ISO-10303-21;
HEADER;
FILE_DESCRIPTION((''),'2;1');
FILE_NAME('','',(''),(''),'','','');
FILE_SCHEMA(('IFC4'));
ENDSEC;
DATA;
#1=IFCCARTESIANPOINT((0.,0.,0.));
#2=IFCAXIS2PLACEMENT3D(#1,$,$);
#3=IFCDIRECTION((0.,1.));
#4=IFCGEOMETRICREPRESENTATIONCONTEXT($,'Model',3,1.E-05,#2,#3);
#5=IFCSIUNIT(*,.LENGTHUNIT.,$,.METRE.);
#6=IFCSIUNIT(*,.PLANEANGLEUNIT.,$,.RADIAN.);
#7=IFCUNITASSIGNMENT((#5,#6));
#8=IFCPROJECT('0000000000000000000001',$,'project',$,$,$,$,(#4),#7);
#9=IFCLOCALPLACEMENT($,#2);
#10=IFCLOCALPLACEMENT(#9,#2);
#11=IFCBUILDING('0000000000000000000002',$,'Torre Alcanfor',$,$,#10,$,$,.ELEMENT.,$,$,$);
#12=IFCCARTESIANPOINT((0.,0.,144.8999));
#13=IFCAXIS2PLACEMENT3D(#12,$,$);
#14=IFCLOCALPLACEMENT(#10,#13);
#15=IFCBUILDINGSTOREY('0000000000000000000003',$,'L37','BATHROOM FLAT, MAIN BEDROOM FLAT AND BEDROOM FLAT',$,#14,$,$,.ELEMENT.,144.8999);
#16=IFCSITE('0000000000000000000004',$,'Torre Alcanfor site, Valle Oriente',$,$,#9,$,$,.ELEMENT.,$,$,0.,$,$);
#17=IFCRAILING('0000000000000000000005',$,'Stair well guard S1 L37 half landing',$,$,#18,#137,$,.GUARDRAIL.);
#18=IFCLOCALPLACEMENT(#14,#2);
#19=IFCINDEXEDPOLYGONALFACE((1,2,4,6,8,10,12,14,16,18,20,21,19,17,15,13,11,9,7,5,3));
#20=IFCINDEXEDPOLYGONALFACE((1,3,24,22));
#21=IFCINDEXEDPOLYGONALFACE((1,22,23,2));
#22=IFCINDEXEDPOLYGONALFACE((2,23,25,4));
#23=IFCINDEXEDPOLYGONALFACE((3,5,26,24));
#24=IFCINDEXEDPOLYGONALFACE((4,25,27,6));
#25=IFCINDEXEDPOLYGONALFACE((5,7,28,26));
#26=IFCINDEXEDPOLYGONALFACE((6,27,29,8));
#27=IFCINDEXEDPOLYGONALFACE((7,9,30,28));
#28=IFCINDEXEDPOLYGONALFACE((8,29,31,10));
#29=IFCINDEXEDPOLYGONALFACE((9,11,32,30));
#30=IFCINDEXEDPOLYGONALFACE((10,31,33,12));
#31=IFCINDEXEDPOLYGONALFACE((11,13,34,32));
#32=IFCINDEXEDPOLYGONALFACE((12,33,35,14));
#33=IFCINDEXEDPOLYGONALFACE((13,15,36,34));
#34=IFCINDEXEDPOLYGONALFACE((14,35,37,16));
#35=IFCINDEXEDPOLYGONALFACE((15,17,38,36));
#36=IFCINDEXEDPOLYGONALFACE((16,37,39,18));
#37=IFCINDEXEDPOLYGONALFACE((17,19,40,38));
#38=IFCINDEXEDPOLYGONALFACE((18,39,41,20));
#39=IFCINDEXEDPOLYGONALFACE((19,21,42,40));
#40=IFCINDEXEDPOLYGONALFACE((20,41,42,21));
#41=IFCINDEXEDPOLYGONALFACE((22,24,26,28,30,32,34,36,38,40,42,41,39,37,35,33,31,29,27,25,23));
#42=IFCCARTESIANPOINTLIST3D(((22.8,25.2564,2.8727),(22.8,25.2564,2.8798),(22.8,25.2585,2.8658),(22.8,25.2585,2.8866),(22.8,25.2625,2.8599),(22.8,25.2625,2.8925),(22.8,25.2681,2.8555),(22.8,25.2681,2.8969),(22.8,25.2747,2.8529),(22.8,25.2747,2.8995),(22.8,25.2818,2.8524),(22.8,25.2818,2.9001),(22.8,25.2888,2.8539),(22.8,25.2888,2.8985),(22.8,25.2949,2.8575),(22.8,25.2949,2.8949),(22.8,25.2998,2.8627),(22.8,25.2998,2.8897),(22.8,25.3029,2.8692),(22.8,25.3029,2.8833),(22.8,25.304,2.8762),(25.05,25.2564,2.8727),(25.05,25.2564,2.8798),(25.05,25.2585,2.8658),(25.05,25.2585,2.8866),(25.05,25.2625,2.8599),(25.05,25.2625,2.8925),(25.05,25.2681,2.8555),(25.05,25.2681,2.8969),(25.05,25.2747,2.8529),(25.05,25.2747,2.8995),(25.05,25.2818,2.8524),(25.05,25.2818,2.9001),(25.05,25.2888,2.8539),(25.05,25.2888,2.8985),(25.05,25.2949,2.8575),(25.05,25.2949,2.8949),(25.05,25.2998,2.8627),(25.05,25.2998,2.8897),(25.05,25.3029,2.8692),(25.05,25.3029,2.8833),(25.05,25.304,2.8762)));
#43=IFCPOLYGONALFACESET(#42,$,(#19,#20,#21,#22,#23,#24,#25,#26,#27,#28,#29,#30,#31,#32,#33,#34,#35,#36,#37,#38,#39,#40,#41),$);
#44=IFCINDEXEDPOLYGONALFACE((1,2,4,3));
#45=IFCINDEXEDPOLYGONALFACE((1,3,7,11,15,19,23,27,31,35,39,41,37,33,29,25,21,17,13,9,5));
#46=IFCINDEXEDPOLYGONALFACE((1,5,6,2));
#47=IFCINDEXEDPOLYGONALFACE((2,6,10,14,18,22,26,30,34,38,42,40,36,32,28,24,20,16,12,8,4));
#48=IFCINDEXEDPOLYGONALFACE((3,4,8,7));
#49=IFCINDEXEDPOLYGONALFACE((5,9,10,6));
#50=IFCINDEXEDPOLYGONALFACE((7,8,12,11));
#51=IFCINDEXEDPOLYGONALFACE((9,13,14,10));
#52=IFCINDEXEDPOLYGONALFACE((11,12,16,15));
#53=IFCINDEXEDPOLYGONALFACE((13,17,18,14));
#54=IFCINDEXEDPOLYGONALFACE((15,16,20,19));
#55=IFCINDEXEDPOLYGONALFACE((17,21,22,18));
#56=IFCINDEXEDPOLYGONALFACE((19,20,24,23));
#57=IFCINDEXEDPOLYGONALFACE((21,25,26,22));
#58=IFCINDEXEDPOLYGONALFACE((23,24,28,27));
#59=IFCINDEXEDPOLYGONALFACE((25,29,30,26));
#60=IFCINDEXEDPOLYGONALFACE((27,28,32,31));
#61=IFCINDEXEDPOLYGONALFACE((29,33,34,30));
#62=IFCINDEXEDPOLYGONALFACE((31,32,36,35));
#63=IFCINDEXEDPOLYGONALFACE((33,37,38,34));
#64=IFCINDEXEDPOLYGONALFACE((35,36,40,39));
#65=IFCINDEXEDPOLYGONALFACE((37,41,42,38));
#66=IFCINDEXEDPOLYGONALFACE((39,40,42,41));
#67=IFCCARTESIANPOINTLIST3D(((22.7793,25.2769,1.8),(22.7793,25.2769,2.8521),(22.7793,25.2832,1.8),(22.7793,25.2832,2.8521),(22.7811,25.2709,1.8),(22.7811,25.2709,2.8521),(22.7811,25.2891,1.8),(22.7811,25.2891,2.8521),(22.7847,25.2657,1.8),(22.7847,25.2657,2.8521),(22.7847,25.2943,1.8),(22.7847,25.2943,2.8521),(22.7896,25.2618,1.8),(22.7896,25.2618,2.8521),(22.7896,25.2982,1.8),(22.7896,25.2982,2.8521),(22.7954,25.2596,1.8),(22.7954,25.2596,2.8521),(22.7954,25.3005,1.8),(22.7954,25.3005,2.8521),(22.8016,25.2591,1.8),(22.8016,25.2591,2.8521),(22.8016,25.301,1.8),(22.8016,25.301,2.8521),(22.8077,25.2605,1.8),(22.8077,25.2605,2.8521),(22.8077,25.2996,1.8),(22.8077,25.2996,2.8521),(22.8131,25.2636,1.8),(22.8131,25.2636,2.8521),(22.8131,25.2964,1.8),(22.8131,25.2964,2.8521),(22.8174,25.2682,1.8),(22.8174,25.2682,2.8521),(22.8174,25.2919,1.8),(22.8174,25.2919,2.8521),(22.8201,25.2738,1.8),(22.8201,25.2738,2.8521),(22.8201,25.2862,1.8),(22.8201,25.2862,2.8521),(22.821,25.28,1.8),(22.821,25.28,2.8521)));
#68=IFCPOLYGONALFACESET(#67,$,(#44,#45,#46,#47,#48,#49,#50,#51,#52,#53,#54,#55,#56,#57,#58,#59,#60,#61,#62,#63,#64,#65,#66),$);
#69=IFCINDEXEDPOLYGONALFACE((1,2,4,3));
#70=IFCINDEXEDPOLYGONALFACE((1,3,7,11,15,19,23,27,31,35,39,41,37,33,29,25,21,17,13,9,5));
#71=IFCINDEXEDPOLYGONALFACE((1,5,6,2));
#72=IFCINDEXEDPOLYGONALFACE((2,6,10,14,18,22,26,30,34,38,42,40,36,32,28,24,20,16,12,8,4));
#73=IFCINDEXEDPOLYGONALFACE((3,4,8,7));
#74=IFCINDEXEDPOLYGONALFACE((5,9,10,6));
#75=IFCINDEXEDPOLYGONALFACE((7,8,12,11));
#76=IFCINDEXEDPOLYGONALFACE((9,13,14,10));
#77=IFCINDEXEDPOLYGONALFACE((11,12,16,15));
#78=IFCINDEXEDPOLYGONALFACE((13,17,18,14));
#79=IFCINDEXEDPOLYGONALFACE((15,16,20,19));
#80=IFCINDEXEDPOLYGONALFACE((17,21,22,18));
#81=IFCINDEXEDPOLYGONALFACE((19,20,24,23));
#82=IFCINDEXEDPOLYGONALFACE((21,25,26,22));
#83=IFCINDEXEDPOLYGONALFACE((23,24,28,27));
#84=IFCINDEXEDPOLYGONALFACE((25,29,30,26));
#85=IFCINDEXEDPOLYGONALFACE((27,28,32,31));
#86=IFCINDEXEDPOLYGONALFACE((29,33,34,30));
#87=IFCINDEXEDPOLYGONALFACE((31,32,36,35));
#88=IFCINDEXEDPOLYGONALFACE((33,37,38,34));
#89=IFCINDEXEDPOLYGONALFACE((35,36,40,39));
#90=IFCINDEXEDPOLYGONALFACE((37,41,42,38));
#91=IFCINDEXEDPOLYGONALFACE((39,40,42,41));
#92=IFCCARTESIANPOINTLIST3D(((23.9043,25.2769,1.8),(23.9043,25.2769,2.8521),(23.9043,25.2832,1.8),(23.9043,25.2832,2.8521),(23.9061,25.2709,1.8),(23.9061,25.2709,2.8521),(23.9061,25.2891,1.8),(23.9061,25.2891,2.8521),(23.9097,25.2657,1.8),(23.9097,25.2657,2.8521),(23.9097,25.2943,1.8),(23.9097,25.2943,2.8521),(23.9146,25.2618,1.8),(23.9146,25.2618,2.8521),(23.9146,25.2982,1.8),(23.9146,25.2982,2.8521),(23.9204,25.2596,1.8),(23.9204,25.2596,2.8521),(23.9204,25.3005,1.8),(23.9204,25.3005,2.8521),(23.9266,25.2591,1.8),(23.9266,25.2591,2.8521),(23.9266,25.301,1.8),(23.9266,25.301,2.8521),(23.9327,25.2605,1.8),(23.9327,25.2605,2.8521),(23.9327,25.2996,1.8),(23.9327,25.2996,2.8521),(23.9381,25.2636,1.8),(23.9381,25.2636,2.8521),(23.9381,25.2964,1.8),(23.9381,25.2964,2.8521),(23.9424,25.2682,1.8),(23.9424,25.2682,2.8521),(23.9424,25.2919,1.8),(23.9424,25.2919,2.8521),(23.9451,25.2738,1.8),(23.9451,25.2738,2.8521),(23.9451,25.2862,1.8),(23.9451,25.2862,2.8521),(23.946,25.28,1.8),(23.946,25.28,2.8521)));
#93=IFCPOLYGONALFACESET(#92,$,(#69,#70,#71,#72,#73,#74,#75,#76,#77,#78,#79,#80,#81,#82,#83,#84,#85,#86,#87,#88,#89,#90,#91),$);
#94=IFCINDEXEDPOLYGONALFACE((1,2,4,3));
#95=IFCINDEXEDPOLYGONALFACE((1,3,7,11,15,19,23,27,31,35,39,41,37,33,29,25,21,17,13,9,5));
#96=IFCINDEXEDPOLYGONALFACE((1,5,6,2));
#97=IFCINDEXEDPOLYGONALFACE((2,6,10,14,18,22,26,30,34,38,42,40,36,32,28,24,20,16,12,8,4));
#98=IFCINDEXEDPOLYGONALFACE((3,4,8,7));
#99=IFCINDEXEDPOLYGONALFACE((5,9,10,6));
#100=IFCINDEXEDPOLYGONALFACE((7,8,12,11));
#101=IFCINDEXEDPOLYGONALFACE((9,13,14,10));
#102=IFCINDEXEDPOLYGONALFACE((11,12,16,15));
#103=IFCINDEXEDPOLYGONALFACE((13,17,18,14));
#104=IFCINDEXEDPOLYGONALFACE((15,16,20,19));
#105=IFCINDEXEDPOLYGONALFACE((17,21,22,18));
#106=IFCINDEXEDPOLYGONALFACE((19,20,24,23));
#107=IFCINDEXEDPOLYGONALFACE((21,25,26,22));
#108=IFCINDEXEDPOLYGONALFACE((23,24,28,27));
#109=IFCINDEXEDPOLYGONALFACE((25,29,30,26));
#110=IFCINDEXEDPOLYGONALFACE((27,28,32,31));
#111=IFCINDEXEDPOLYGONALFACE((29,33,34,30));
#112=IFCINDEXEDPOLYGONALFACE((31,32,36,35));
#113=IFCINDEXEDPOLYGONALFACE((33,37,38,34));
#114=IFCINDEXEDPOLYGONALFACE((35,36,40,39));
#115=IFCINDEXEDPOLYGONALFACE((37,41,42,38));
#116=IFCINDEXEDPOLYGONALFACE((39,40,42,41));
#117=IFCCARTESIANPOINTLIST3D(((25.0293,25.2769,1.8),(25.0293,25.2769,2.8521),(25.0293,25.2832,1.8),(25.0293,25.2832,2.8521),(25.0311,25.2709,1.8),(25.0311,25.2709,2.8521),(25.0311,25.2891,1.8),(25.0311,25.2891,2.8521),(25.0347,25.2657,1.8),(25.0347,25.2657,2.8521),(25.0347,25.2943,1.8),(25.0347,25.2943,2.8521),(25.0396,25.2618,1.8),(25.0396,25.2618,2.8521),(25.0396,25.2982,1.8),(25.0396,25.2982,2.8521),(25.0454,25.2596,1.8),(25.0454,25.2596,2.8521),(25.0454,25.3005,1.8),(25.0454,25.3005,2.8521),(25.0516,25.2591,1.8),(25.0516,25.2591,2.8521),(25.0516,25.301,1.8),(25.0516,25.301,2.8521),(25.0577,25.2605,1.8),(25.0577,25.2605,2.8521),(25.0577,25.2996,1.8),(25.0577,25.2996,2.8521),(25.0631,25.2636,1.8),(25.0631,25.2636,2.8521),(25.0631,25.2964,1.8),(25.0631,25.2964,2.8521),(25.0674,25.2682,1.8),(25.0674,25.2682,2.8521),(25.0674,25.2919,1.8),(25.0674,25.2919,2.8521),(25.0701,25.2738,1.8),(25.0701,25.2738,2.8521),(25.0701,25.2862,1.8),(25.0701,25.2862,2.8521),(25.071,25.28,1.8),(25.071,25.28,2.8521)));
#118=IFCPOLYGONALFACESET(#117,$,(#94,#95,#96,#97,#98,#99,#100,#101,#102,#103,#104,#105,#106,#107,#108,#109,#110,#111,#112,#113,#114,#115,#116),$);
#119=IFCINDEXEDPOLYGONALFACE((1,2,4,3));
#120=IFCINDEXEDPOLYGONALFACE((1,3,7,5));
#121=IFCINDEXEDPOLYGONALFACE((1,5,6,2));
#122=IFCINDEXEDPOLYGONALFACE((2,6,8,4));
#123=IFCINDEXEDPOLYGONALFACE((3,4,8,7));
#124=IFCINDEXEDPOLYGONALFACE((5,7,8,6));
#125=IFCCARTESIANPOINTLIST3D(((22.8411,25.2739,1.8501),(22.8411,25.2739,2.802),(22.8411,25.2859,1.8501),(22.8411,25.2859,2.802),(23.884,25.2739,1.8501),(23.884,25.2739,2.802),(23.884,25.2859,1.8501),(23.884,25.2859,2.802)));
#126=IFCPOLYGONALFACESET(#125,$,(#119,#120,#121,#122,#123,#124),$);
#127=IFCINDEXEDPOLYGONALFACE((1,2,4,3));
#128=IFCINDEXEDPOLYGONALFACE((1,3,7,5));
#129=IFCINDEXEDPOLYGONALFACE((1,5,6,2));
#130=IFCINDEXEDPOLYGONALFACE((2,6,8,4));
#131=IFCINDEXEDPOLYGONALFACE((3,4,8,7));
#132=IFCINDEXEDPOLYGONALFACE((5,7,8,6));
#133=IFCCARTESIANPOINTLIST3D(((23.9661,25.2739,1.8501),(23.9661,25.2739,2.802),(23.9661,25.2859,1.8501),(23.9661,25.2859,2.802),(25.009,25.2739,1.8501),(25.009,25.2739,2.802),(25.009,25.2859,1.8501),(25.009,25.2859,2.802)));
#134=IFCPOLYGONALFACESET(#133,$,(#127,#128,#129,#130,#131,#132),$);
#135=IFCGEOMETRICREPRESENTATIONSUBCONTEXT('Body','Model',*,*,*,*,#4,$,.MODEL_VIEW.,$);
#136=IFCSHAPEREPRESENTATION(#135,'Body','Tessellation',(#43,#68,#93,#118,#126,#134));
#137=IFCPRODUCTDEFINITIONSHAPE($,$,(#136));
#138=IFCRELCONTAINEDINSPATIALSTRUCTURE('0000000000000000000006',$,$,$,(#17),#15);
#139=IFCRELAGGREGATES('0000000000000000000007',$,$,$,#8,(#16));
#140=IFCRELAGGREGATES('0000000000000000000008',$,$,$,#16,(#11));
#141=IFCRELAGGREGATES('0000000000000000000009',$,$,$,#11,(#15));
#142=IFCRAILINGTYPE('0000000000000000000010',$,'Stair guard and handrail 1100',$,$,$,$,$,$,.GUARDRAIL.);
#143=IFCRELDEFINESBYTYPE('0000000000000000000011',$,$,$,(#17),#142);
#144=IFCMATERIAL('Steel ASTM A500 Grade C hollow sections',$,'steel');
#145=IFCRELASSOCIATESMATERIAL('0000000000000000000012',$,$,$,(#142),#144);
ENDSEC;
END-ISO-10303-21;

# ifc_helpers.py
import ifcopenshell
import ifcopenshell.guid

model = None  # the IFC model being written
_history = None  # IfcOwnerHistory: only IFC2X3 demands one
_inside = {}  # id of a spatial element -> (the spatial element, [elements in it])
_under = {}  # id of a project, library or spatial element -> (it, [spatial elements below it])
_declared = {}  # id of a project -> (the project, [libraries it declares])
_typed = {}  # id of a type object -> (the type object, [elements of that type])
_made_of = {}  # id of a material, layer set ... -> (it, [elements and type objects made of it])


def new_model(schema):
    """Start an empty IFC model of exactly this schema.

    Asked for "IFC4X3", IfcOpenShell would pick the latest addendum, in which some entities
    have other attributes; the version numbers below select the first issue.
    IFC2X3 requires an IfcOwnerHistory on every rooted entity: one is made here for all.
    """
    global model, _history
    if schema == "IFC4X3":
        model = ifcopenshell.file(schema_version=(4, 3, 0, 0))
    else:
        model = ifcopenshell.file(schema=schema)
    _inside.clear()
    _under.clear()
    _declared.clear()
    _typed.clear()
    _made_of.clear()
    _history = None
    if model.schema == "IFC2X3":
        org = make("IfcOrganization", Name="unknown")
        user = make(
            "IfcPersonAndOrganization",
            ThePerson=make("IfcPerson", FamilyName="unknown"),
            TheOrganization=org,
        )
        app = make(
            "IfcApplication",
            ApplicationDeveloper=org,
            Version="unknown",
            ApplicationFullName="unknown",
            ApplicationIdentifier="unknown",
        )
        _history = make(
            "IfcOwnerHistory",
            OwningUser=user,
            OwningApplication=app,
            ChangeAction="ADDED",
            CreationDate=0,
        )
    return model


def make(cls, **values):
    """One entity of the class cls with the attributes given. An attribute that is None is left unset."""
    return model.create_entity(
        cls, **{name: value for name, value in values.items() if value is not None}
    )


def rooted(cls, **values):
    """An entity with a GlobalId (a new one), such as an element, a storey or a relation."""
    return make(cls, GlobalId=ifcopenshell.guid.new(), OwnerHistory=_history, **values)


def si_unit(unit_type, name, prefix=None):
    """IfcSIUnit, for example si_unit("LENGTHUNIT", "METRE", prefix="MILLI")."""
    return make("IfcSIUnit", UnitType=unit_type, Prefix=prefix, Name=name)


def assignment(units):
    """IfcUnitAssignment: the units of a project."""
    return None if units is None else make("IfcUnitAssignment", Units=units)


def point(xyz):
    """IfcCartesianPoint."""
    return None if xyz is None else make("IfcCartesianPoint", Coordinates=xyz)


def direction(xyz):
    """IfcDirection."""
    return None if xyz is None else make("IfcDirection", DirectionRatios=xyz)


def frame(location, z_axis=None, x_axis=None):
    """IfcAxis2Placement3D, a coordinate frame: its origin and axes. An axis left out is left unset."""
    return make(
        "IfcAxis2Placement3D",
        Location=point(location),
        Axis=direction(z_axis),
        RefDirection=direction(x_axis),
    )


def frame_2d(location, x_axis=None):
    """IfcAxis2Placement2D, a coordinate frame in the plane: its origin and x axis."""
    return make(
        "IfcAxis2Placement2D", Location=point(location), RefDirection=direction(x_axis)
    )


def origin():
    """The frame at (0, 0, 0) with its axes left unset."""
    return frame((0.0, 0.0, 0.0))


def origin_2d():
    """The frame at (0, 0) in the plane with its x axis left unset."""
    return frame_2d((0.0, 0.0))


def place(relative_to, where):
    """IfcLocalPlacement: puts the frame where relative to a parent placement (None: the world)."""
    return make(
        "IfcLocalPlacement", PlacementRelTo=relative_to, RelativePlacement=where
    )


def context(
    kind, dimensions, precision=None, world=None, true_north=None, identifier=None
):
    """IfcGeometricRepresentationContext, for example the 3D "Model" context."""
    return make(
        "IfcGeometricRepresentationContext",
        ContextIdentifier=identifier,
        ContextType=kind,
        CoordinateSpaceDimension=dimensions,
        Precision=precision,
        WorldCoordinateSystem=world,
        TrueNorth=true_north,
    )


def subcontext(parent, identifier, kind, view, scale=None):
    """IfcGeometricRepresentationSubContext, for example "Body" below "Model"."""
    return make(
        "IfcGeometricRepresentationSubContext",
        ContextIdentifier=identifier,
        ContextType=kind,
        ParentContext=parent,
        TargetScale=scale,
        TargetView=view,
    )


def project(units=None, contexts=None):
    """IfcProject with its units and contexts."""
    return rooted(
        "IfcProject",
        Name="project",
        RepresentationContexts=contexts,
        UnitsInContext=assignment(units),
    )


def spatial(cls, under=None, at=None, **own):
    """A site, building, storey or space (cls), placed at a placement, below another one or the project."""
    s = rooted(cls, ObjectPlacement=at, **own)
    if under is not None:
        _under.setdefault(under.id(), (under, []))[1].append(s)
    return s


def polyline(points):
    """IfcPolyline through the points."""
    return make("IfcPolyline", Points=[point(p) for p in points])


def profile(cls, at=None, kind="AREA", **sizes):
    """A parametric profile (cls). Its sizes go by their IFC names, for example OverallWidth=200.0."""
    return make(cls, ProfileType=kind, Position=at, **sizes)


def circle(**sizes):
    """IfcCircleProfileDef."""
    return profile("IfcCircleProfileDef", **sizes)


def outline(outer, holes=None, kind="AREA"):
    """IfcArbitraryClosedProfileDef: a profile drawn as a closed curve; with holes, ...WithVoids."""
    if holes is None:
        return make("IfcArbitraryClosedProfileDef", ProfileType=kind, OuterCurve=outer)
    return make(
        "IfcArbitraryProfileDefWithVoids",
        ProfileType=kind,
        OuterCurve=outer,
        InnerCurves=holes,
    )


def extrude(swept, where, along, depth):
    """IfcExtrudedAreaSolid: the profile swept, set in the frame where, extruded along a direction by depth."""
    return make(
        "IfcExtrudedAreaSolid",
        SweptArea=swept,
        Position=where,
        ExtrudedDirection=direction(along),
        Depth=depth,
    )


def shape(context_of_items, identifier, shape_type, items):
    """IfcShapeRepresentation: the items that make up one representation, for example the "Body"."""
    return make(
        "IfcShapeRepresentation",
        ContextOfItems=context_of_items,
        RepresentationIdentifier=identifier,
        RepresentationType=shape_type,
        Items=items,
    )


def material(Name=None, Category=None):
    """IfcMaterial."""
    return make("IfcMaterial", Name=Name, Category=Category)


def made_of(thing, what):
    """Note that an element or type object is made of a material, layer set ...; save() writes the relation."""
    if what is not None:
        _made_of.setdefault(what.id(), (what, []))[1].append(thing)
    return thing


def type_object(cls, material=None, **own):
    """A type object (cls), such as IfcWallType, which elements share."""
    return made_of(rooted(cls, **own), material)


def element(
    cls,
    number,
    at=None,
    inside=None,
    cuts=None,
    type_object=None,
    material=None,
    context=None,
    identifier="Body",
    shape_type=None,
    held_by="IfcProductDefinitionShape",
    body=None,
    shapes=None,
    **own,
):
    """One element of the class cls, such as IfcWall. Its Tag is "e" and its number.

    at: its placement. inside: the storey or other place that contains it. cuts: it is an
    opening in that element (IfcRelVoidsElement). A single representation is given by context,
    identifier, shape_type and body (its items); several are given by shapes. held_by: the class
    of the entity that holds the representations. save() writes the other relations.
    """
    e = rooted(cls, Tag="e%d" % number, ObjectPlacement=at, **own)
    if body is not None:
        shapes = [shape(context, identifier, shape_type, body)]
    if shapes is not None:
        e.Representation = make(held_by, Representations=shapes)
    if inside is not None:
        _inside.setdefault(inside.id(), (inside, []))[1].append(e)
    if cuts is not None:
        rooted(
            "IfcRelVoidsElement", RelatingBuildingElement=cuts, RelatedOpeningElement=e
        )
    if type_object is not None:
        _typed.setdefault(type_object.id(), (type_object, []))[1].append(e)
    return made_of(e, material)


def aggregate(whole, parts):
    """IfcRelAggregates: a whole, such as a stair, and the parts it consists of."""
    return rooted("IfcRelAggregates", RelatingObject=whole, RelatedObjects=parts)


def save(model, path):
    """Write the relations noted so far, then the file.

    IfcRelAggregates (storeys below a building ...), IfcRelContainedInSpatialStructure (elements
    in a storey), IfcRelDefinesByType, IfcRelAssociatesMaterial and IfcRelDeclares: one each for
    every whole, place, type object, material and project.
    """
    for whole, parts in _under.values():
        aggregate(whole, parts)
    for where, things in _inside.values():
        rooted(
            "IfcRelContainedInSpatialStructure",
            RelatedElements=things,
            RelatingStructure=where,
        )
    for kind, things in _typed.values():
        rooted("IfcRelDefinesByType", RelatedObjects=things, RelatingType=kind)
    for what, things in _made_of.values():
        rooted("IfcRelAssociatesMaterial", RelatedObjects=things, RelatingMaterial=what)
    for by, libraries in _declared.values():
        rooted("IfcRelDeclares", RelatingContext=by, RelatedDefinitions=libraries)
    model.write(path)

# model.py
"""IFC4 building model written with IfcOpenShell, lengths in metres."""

from ifc_helpers import new_model, si_unit, direction, frame, origin, origin_2d, place, context, subcontext, project, spatial, polyline, circle, outline, extrude, material, type_object, element, save


model = new_model("IFC4")

# Units and contexts
model_context = context("Model", 3, precision=1e-05, world=origin(), true_north=direction((0.0, 1.0)))
body_context = subcontext(model_context, "Body", "Model", "MODEL_VIEW")
ifc_project = project(units=[si_unit("LENGTHUNIT", "METRE"), si_unit("PLANEANGLEUNIT", "RADIAN")], contexts=[model_context])

# Site, building, storey
site_placement = place(None, origin())
site = spatial("IfcSite", under=ifc_project, at=site_placement, Name="Torre Alcanfor site, Valle Oriente", CompositionType="ELEMENT", RefElevation=0.0)
building_placement = place(site_placement, origin())
building = spatial("IfcBuilding", under=site, at=building_placement, Name="Torre Alcanfor", CompositionType="ELEMENT")
storey_placement = place(building_placement, frame((0.0, 0.0, 144.8999)))
storey = spatial("IfcBuildingStorey", under=building, at=storey_placement, Name="L37", Description="BATHROOM FLAT, MAIN BEDROOM FLAT AND BEDROOM FLAT", CompositionType="ELEMENT", Elevation=144.8999)

# Railing
ifc_material_1 = material(Name="Steel ASTM A500 Grade C hollow sections", Category="steel")
railing_type = type_object("IfcRailingType", Name="Stair guard and handrail 1100", PredefinedType="GUARDRAIL", material=ifc_material_1)
railing_1_placement = place(storey_placement, frame((22.8, 25.28, 1.8)))
element("IfcRailing", 1, at=railing_1_placement, inside=storey, type_object=railing_type, Name="Stair well guard S1 L37 half landing", PredefinedType="GUARDRAIL", context=body_context, shape_type="SweptSolid", body=[
    extrude(circle(Radius=0.0239, at=origin_2d()), frame((0.0, 0.0, 1.0762), z_axis=(1.0, 0.0, 0.0), x_axis=(0.0, 1.0, 0.0)), (0.0, 0.0, 1.0), 2.25),
    extrude(circle(Radius=0.021, at=origin_2d()), origin(), (0.0, 0.0, 1.0), 1.052),
    extrude(circle(Radius=0.021, at=origin_2d()), frame((1.125, 0.0, 0.0)), (0.0, 0.0, 1.0), 1.052),
    extrude(circle(Radius=0.021, at=origin_2d()), frame((2.25, 0.0, 0.0)), (0.0, 0.0, 1.0), 1.052),
    extrude(outline(polyline([(0.041, 0.05), (1.084, 0.05), (1.084, 1.002), (0.041, 1.002), (0.041, 0.05)])), frame((0.0, 0.0059, 0.0), z_axis=(0.0, -1.0, 0.0), x_axis=(1.0, 0.0, 0.0)), (0.0, 0.0, 1.0), 0.012),
    extrude(outline(polyline([(1.166, 0.05), (2.209, 0.05), (2.209, 1.002), (1.166, 1.002), (1.166, 0.05)])), frame((0.0, 0.0059, 0.0), z_axis=(0.0, -1.0, 0.0), x_axis=(1.0, 0.0, 0.0)), (0.0, 0.0, 1.0), 0.012),
])

save(model, "model.ifc")
